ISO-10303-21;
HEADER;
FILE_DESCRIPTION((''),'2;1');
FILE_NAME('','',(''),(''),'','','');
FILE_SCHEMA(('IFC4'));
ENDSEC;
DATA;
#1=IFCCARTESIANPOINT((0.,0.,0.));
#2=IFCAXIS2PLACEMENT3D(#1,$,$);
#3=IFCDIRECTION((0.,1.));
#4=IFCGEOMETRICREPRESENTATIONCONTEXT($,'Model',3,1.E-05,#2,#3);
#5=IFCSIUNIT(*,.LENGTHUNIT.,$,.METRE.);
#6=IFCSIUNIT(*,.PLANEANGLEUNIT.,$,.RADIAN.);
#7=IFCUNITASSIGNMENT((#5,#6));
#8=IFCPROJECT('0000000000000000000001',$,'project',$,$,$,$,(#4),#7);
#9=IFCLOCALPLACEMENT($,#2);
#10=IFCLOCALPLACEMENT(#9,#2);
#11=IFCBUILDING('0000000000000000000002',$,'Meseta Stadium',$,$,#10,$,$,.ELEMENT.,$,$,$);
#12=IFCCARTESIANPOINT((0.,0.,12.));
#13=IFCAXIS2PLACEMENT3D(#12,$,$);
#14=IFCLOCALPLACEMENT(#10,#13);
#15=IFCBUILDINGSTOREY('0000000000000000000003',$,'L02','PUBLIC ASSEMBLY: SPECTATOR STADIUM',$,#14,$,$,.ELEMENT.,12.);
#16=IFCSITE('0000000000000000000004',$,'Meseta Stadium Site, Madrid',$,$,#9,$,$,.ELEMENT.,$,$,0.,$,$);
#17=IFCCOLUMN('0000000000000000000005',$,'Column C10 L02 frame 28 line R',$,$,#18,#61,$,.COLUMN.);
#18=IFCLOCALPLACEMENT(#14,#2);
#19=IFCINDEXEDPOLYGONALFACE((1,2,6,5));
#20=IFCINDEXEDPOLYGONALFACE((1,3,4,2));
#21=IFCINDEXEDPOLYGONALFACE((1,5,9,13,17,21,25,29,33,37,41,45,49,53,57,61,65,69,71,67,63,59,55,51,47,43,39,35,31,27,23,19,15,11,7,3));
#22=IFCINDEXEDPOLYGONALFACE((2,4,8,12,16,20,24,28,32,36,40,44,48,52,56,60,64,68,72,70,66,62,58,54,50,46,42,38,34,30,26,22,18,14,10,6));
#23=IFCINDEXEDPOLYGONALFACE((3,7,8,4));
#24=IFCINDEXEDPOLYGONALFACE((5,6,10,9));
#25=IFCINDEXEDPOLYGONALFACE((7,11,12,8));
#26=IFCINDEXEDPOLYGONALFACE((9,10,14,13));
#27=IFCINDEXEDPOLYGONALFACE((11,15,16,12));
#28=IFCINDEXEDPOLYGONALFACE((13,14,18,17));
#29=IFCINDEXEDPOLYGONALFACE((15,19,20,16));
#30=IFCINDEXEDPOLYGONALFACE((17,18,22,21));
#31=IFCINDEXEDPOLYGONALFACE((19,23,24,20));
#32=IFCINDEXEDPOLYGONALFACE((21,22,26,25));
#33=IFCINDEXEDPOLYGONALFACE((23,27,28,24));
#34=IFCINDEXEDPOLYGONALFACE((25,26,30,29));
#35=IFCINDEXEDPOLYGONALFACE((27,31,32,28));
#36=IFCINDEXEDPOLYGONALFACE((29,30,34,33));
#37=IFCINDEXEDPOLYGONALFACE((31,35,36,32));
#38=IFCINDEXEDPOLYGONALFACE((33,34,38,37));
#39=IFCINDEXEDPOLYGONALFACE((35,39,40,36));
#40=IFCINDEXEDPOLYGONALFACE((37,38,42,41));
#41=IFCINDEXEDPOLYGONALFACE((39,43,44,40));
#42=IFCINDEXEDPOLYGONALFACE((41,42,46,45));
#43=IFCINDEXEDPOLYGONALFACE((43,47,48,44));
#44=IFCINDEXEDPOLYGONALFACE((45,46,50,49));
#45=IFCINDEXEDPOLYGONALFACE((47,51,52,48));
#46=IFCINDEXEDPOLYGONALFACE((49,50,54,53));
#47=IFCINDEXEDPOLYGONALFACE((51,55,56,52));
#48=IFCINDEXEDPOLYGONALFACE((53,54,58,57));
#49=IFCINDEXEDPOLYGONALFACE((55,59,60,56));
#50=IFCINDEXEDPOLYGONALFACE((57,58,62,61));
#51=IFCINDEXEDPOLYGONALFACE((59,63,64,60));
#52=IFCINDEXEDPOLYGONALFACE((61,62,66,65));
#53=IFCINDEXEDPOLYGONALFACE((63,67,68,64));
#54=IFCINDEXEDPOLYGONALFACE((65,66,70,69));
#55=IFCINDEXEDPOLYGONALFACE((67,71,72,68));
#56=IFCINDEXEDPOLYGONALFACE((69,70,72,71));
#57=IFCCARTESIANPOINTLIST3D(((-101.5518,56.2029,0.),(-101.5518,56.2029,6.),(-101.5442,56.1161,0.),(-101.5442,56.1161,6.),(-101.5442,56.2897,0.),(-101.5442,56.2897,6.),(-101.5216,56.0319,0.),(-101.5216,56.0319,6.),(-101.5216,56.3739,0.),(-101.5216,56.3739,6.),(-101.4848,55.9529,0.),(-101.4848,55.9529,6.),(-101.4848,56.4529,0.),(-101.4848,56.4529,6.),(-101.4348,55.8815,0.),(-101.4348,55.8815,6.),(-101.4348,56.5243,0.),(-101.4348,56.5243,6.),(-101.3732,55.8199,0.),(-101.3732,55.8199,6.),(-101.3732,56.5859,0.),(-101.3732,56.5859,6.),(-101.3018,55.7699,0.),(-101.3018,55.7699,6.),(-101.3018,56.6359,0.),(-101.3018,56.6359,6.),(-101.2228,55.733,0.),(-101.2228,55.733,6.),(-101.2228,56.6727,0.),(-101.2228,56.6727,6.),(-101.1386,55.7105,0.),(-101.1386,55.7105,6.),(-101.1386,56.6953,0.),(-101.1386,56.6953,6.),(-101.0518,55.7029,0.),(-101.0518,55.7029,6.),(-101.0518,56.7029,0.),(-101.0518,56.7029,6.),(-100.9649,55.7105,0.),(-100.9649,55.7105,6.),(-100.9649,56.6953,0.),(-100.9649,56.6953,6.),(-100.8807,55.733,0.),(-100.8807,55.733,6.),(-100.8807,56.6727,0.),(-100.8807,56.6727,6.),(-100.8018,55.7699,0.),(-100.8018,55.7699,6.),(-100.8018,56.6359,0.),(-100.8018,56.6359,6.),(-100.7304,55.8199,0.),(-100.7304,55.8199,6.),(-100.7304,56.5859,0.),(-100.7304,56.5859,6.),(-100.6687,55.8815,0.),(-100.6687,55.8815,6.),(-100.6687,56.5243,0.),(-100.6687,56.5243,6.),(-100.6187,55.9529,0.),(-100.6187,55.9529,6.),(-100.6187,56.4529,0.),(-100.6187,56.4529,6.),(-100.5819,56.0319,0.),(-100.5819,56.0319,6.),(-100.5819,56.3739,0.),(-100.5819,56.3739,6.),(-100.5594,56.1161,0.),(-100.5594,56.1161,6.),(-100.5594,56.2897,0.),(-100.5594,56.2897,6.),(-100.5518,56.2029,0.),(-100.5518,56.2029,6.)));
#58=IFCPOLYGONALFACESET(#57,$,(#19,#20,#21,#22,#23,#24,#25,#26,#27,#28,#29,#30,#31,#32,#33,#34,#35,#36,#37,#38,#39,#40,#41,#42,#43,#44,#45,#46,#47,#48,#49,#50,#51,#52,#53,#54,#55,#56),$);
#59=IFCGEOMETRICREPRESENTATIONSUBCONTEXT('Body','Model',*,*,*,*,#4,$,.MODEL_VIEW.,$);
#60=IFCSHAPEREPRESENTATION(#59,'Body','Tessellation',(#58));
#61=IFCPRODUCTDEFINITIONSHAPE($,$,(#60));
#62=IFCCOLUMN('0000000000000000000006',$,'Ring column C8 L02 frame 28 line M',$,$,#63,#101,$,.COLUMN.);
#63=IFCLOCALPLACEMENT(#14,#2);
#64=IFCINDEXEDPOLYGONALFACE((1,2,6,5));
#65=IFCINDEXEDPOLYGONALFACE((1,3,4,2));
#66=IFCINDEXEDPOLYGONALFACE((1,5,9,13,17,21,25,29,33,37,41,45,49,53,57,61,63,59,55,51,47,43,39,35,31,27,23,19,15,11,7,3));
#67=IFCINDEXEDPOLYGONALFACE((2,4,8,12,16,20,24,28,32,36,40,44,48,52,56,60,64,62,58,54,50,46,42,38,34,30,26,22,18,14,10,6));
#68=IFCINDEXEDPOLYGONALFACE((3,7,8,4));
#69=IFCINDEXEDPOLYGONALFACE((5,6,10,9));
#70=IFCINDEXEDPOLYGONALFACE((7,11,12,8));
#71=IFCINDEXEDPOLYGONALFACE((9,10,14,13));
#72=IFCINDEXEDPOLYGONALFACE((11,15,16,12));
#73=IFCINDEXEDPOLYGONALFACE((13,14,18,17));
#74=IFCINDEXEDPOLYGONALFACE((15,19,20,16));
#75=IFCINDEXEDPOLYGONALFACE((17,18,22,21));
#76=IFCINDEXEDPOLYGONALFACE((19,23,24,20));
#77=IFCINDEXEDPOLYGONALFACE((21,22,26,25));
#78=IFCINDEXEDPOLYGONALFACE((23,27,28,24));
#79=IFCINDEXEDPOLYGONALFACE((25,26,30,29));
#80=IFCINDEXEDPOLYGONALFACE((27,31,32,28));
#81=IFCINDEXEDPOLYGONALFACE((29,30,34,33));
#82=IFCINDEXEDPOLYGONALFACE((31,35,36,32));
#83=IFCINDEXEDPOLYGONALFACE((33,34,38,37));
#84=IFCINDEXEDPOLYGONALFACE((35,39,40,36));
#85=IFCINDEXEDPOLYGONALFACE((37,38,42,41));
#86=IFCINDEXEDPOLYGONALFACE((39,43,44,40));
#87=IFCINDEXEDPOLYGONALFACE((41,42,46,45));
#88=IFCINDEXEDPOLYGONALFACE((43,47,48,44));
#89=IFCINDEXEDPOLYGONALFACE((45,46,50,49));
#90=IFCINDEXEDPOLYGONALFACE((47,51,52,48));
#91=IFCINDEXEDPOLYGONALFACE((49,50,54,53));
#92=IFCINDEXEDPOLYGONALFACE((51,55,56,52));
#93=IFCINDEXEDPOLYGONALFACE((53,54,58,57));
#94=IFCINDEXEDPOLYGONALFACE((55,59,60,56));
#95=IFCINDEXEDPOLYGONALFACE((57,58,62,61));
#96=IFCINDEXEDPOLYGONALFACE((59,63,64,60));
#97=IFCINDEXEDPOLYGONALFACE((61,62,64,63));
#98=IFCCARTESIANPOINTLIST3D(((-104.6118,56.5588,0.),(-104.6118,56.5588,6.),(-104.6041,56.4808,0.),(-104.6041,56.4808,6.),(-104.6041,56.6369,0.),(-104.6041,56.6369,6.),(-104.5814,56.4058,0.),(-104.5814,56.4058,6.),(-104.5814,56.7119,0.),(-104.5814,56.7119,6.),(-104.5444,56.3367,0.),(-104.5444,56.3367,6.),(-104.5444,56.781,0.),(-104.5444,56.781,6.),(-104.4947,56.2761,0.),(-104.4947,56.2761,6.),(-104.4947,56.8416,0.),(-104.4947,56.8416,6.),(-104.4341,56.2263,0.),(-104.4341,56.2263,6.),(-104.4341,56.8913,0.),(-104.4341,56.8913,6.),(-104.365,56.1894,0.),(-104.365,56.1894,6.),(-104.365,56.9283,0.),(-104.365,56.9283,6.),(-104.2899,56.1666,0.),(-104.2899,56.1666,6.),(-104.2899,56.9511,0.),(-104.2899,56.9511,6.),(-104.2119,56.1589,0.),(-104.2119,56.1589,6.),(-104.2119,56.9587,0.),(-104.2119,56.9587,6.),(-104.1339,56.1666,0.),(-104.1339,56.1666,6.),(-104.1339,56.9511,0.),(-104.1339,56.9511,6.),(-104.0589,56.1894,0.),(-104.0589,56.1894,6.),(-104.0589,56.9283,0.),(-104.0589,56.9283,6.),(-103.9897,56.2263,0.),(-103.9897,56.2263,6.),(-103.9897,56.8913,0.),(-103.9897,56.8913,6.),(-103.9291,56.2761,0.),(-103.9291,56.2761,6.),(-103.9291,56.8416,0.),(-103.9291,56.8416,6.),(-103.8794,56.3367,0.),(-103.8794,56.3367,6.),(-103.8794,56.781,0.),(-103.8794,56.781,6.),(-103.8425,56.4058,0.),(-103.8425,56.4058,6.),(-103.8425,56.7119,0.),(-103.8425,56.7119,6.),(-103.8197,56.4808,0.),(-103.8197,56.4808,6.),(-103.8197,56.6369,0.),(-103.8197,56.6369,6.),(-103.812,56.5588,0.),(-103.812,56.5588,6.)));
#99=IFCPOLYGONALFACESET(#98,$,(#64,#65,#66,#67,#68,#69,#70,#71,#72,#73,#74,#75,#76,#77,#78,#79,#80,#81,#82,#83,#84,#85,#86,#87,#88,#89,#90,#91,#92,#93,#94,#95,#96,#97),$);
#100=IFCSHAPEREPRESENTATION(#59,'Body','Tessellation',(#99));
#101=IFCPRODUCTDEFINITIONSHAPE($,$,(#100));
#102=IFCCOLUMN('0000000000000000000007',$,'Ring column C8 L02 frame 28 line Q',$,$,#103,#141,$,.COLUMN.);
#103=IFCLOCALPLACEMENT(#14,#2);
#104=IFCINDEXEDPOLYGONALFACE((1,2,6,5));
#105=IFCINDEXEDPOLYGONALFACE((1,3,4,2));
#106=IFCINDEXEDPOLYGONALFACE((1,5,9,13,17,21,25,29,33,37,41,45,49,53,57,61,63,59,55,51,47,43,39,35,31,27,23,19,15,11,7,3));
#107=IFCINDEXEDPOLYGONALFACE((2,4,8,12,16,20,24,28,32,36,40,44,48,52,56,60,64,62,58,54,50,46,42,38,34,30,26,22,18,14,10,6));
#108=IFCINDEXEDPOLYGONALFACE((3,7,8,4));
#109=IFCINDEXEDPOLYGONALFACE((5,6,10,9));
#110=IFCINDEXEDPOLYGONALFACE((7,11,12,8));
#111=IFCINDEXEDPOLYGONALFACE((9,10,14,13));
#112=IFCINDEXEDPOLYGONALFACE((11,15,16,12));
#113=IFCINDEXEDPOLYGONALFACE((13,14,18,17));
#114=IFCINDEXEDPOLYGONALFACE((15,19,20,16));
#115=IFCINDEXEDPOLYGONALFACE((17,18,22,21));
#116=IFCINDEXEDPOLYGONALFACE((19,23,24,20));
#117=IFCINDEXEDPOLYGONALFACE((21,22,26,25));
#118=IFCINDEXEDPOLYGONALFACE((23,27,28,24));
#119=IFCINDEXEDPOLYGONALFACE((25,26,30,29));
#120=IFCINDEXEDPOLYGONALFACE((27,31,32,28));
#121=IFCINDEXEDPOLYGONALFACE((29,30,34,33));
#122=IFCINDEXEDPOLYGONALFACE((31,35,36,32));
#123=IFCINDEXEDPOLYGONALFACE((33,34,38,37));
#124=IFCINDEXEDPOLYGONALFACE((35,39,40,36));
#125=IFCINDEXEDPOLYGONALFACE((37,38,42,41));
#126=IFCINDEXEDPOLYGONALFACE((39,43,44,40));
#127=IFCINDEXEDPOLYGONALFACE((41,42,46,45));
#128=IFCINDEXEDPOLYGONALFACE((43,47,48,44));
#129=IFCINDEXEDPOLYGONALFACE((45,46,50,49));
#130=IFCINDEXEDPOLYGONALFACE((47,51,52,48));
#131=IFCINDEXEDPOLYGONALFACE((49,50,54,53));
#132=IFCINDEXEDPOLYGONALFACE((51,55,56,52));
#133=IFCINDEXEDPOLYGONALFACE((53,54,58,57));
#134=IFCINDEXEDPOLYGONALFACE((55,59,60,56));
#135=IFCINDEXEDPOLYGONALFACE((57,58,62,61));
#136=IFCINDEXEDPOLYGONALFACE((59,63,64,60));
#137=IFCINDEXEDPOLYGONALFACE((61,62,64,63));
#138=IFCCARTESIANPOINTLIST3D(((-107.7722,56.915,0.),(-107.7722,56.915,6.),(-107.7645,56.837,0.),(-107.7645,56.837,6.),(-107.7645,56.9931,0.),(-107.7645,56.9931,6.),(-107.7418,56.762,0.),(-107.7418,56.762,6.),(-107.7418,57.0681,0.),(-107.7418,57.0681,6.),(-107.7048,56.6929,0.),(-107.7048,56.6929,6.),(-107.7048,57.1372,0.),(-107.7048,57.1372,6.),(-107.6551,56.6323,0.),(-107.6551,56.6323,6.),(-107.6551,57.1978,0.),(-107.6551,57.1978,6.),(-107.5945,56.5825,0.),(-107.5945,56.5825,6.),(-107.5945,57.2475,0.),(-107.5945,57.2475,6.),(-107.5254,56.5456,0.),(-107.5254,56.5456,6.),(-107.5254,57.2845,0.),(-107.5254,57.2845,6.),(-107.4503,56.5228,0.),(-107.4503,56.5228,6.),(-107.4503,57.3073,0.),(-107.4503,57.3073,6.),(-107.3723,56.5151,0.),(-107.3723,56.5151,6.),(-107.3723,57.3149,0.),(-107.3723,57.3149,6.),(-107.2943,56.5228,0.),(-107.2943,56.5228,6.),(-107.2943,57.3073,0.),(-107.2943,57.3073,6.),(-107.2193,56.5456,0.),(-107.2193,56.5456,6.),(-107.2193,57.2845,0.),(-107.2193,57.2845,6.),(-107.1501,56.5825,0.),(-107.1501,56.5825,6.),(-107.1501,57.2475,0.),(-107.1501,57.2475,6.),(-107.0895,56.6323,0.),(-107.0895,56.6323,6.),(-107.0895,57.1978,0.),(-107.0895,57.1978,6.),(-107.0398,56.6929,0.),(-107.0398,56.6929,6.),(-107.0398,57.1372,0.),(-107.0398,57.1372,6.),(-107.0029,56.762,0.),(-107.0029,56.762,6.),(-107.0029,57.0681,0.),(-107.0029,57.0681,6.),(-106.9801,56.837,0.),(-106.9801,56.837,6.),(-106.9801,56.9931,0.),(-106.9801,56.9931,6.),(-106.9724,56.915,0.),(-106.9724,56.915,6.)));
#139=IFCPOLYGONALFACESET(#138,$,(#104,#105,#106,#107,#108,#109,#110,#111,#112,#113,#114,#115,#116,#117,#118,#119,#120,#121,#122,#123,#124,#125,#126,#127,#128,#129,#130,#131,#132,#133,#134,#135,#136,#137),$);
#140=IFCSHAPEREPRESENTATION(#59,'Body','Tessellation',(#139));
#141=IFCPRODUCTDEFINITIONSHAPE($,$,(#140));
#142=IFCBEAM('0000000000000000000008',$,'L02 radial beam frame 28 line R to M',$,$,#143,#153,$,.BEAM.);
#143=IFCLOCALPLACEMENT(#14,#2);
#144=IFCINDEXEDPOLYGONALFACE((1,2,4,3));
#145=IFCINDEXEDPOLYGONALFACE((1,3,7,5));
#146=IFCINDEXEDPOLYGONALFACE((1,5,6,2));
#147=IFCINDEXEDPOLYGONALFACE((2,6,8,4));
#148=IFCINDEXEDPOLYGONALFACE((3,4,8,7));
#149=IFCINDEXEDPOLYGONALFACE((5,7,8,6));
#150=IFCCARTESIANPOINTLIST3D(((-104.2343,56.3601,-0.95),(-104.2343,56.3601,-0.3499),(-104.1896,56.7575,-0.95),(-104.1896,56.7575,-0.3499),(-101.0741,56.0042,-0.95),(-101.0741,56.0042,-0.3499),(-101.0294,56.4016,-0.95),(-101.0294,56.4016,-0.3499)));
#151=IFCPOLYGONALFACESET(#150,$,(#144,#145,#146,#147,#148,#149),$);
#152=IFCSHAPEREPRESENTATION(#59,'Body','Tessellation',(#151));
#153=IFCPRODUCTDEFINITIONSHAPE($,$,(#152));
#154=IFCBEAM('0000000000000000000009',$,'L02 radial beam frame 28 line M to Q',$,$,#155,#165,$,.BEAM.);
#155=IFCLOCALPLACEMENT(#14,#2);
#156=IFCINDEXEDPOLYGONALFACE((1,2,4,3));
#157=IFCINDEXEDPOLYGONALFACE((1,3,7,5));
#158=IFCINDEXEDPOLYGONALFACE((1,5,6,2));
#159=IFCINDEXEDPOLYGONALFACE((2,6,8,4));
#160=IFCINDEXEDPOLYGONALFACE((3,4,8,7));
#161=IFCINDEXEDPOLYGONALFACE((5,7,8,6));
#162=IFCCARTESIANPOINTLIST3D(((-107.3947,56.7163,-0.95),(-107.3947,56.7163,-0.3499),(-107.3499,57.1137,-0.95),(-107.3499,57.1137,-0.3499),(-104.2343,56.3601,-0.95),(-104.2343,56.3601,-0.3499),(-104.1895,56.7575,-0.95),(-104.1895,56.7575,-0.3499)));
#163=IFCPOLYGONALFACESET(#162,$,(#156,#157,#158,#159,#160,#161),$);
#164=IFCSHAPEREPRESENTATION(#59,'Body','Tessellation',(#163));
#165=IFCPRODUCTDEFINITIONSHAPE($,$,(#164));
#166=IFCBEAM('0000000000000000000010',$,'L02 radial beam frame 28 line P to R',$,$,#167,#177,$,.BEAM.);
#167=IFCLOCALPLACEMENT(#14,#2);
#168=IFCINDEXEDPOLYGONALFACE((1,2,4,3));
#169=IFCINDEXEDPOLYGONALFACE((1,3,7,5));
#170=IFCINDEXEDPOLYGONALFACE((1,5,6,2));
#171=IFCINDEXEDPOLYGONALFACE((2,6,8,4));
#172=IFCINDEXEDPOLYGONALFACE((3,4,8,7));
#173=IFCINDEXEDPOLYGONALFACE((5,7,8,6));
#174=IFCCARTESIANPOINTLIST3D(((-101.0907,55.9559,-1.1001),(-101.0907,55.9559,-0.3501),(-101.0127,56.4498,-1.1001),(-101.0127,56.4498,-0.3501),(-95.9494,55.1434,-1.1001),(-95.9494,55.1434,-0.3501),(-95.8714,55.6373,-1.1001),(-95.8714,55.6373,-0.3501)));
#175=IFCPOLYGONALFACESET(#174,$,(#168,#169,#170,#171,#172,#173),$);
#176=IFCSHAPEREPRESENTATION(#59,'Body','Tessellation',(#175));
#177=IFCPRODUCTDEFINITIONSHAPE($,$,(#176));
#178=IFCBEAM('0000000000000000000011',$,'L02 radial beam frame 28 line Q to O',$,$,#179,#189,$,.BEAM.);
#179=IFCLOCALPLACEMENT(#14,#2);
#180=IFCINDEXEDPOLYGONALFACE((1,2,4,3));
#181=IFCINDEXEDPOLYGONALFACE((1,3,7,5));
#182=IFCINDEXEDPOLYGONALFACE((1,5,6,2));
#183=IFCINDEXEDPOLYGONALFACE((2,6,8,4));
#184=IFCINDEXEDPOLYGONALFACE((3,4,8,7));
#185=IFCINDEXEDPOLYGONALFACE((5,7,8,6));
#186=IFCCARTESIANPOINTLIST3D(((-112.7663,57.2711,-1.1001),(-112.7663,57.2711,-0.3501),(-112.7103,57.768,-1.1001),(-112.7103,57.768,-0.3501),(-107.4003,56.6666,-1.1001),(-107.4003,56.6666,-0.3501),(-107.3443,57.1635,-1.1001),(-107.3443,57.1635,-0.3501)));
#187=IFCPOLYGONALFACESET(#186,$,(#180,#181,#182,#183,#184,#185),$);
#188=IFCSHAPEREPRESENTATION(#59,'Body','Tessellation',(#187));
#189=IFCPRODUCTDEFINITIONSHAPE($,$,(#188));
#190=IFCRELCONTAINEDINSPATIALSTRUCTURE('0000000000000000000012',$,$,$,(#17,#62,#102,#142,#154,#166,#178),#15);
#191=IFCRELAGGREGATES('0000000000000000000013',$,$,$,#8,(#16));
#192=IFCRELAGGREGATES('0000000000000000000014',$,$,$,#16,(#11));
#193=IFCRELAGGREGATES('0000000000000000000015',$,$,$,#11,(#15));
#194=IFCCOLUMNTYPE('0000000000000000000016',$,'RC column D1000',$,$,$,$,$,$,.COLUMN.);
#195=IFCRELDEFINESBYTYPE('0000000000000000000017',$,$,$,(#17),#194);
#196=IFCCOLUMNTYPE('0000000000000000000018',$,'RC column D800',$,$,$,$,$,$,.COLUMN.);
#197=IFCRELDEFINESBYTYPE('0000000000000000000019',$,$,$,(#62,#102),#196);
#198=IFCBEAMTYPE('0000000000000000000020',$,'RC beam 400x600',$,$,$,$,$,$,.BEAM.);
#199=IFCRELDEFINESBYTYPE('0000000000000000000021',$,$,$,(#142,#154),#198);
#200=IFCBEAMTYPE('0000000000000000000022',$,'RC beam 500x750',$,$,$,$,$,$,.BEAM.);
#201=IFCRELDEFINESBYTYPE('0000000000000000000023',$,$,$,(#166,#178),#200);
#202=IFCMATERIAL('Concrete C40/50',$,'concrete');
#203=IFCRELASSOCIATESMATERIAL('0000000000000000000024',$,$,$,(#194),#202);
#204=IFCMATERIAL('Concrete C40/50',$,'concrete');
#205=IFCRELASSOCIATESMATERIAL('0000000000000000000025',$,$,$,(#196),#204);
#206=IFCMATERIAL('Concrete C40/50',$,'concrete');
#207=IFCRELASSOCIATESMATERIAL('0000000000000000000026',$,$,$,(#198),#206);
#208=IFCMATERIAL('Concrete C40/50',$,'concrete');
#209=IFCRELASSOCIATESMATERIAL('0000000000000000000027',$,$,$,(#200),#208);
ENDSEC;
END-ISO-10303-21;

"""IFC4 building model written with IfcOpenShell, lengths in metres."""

from ifc_helpers import new_model, si_unit, direction, frame, origin, origin_2d, place, context, subcontext, project, spatial, rectangle, circle, extrude, material, material_profile, profile_set, type_object, element, save


model = new_model("IFC4")

# Units and contexts
model_context = context("Model", 3, precision=1e-05, world=origin(), true_north=direction((0.0, 1.0)))
body_context = subcontext(model_context, "Body", "Model", "MODEL_VIEW")
ifc_project = project(units=[si_unit("LENGTHUNIT", "METRE"), si_unit("PLANEANGLEUNIT", "RADIAN")], contexts=[model_context])

# Site, building, storey
site_placement = place(None, origin())
site = spatial("IfcSite", under=ifc_project, at=site_placement, Name="Meseta Stadium Site, Madrid", CompositionType="ELEMENT", RefElevation=0.0)
building_placement = place(site_placement, origin())
building = spatial("IfcBuilding", under=site, at=building_placement, Name="Meseta Stadium", CompositionType="ELEMENT")
storey_placement = place(building_placement, frame((0.0, 0.0, 12.0)))
storey = spatial("IfcBuildingStorey", under=building, at=storey_placement, Name="L02", Description="PUBLIC ASSEMBLY: SPECTATOR STADIUM", CompositionType="ELEMENT", Elevation=12.0)

# Columns
ifc_material_1 = material(Name="Concrete C40/50", Category="concrete")
ifc_material_profile_1 = material_profile(ifc_material_1, circle(Radius=0.5, at=origin_2d()), Name="RC D1000")
ifc_profile_set_1 = profile_set([ifc_material_profile_1], Name="Concrete C40/50")
column_type_1 = type_object("IfcColumnType", Name="RC column D1000", PredefinedType="COLUMN", material=ifc_profile_set_1)
column_placement = place(storey_placement, frame((-101.0518, 56.2029, 0.0), z_axis=(0.0, 0.0, 1.0), x_axis=(1.0, 0.0, 0.0)))
element("IfcColumn", 1, at=column_placement, inside=storey, type_object=column_type_1, Name="Column C10 L02 frame 28 line R", PredefinedType="COLUMN", context=body_context, shape_type="SweptSolid", body=[
    extrude(circle(Radius=0.5, at=origin_2d()), origin(), (0.0, 0.0, 1.0), 6.0),
])
ifc_material_2 = material(Name="Concrete C40/50", Category="concrete")
ifc_material_profile_2 = material_profile(ifc_material_2, circle(Radius=0.3999, at=origin_2d()), Name="RC D800")
ifc_profile_set_2 = profile_set([ifc_material_profile_2], Name="Concrete C40/50")
column_type_2 = type_object("IfcColumnType", Name="RC column D800", PredefinedType="COLUMN", material=ifc_profile_set_2)
for number, where, z_axis, x_axis, name in (
    (2, (-104.2119, 56.5588, 0.0), (0.0, 0.0, 1.0), (1.0, 0.0, 0.0), "Ring column C8 L02 frame 28 line M"),
    (3, (-107.3723, 56.915, 0.0), (0.0, 0.0, 1.0), (1.0, 0.0, 0.0), "Ring column C8 L02 frame 28 line Q"),
):
    element("IfcColumn", number, at=place(storey_placement, frame(where, z_axis=z_axis, x_axis=x_axis)), inside=storey, type_object=column_type_2, Name=name, PredefinedType="COLUMN", context=body_context, shape_type="SweptSolid", body=[
        extrude(circle(Radius=0.3999, at=origin_2d()), origin(), (0.0, 0.0, 1.0), 6.0),
    ])

# Beams
ifc_material_3 = material(Name="Concrete C40/50", Category="concrete")
ifc_material_profile_3 = material_profile(ifc_material_3, rectangle(XDim=0.3999, YDim=0.6001, at=origin_2d()), Name="RC 400x600")
ifc_profile_set_3 = profile_set([ifc_material_profile_3], Name="Concrete C40/50")
beam_type_1 = type_object("IfcBeamType", Name="RC beam 400x600", PredefinedType="BEAM", material=ifc_profile_set_3)
beam_1_placement = place(storey_placement, frame((-101.0518, 56.2029, -0.6499), z_axis=(-0.993716, 0.111931, 0.0), x_axis=(-0.111931, -0.993716, 0.0)))
element("IfcBeam", 4, at=beam_1_placement, inside=storey, type_object=beam_type_1, Name="L02 radial beam frame 28 line R to M", PredefinedType="BEAM", context=body_context, shape_type="SweptSolid", body=[
    extrude(rectangle(XDim=0.3999, YDim=0.6001, at=origin_2d()), origin(), (0.0, 0.0, 1.0), 3.1802),
])
beam_2_placement = place(storey_placement, frame((-104.2119, 56.5588, -0.6499), z_axis=(-0.993708, 0.111998, 0.0), x_axis=(-0.111998, -0.993708, 0.0)))
element("IfcBeam", 5, at=beam_2_placement, inside=storey, type_object=beam_type_1, Name="L02 radial beam frame 28 line M to Q", PredefinedType="BEAM", context=body_context, shape_type="SweptSolid", body=[
    extrude(rectangle(XDim=0.3999, YDim=0.6001, at=origin_2d()), origin(), (0.0, 0.0, 1.0), 3.1804),
])
ifc_material_4 = material(Name="Concrete C40/50", Category="concrete")
ifc_material_profile_4 = material_profile(ifc_material_4, rectangle(XDim=0.5, YDim=0.75, at=origin_2d()), Name="RC 500x750")
ifc_profile_set_4 = profile_set([ifc_material_profile_4], Name="Concrete C40/50")
beam_type_2 = type_object("IfcBeamType", Name="RC beam 500x750", PredefinedType="BEAM", material=ifc_profile_set_4)
beam_3_placement = place(storey_placement, frame((-95.9104, 55.3904, -0.7251), z_axis=(-0.987742, 0.156095, 0.0), x_axis=(-0.156095, -0.987742, 0.0)))
element("IfcBeam", 6, at=beam_3_placement, inside=storey, type_object=beam_type_2, Name="L02 radial beam frame 28 line P to R", PredefinedType="BEAM", context=body_context, shape_type="SweptSolid", body=[
    extrude(rectangle(XDim=0.5, YDim=0.75, at=origin_2d()), origin(), (0.0, 0.0, 1.0), 5.2051),
])
beam_4_placement = place(storey_placement, frame((-107.3723, 56.915, -0.7251), z_axis=(-0.993714, 0.111945, 0.0), x_axis=(-0.111945, -0.993714, 0.0)))
element("IfcBeam", 7, at=beam_4_placement, inside=storey, type_object=beam_type_2, Name="L02 radial beam frame 28 line Q to O", PredefinedType="BEAM", context=body_context, shape_type="SweptSolid", body=[
    extrude(rectangle(XDim=0.5, YDim=0.75, at=origin_2d()), origin(), (0.0, 0.0, 1.0), 5.3999),
])

save(model, "model.ifc")
